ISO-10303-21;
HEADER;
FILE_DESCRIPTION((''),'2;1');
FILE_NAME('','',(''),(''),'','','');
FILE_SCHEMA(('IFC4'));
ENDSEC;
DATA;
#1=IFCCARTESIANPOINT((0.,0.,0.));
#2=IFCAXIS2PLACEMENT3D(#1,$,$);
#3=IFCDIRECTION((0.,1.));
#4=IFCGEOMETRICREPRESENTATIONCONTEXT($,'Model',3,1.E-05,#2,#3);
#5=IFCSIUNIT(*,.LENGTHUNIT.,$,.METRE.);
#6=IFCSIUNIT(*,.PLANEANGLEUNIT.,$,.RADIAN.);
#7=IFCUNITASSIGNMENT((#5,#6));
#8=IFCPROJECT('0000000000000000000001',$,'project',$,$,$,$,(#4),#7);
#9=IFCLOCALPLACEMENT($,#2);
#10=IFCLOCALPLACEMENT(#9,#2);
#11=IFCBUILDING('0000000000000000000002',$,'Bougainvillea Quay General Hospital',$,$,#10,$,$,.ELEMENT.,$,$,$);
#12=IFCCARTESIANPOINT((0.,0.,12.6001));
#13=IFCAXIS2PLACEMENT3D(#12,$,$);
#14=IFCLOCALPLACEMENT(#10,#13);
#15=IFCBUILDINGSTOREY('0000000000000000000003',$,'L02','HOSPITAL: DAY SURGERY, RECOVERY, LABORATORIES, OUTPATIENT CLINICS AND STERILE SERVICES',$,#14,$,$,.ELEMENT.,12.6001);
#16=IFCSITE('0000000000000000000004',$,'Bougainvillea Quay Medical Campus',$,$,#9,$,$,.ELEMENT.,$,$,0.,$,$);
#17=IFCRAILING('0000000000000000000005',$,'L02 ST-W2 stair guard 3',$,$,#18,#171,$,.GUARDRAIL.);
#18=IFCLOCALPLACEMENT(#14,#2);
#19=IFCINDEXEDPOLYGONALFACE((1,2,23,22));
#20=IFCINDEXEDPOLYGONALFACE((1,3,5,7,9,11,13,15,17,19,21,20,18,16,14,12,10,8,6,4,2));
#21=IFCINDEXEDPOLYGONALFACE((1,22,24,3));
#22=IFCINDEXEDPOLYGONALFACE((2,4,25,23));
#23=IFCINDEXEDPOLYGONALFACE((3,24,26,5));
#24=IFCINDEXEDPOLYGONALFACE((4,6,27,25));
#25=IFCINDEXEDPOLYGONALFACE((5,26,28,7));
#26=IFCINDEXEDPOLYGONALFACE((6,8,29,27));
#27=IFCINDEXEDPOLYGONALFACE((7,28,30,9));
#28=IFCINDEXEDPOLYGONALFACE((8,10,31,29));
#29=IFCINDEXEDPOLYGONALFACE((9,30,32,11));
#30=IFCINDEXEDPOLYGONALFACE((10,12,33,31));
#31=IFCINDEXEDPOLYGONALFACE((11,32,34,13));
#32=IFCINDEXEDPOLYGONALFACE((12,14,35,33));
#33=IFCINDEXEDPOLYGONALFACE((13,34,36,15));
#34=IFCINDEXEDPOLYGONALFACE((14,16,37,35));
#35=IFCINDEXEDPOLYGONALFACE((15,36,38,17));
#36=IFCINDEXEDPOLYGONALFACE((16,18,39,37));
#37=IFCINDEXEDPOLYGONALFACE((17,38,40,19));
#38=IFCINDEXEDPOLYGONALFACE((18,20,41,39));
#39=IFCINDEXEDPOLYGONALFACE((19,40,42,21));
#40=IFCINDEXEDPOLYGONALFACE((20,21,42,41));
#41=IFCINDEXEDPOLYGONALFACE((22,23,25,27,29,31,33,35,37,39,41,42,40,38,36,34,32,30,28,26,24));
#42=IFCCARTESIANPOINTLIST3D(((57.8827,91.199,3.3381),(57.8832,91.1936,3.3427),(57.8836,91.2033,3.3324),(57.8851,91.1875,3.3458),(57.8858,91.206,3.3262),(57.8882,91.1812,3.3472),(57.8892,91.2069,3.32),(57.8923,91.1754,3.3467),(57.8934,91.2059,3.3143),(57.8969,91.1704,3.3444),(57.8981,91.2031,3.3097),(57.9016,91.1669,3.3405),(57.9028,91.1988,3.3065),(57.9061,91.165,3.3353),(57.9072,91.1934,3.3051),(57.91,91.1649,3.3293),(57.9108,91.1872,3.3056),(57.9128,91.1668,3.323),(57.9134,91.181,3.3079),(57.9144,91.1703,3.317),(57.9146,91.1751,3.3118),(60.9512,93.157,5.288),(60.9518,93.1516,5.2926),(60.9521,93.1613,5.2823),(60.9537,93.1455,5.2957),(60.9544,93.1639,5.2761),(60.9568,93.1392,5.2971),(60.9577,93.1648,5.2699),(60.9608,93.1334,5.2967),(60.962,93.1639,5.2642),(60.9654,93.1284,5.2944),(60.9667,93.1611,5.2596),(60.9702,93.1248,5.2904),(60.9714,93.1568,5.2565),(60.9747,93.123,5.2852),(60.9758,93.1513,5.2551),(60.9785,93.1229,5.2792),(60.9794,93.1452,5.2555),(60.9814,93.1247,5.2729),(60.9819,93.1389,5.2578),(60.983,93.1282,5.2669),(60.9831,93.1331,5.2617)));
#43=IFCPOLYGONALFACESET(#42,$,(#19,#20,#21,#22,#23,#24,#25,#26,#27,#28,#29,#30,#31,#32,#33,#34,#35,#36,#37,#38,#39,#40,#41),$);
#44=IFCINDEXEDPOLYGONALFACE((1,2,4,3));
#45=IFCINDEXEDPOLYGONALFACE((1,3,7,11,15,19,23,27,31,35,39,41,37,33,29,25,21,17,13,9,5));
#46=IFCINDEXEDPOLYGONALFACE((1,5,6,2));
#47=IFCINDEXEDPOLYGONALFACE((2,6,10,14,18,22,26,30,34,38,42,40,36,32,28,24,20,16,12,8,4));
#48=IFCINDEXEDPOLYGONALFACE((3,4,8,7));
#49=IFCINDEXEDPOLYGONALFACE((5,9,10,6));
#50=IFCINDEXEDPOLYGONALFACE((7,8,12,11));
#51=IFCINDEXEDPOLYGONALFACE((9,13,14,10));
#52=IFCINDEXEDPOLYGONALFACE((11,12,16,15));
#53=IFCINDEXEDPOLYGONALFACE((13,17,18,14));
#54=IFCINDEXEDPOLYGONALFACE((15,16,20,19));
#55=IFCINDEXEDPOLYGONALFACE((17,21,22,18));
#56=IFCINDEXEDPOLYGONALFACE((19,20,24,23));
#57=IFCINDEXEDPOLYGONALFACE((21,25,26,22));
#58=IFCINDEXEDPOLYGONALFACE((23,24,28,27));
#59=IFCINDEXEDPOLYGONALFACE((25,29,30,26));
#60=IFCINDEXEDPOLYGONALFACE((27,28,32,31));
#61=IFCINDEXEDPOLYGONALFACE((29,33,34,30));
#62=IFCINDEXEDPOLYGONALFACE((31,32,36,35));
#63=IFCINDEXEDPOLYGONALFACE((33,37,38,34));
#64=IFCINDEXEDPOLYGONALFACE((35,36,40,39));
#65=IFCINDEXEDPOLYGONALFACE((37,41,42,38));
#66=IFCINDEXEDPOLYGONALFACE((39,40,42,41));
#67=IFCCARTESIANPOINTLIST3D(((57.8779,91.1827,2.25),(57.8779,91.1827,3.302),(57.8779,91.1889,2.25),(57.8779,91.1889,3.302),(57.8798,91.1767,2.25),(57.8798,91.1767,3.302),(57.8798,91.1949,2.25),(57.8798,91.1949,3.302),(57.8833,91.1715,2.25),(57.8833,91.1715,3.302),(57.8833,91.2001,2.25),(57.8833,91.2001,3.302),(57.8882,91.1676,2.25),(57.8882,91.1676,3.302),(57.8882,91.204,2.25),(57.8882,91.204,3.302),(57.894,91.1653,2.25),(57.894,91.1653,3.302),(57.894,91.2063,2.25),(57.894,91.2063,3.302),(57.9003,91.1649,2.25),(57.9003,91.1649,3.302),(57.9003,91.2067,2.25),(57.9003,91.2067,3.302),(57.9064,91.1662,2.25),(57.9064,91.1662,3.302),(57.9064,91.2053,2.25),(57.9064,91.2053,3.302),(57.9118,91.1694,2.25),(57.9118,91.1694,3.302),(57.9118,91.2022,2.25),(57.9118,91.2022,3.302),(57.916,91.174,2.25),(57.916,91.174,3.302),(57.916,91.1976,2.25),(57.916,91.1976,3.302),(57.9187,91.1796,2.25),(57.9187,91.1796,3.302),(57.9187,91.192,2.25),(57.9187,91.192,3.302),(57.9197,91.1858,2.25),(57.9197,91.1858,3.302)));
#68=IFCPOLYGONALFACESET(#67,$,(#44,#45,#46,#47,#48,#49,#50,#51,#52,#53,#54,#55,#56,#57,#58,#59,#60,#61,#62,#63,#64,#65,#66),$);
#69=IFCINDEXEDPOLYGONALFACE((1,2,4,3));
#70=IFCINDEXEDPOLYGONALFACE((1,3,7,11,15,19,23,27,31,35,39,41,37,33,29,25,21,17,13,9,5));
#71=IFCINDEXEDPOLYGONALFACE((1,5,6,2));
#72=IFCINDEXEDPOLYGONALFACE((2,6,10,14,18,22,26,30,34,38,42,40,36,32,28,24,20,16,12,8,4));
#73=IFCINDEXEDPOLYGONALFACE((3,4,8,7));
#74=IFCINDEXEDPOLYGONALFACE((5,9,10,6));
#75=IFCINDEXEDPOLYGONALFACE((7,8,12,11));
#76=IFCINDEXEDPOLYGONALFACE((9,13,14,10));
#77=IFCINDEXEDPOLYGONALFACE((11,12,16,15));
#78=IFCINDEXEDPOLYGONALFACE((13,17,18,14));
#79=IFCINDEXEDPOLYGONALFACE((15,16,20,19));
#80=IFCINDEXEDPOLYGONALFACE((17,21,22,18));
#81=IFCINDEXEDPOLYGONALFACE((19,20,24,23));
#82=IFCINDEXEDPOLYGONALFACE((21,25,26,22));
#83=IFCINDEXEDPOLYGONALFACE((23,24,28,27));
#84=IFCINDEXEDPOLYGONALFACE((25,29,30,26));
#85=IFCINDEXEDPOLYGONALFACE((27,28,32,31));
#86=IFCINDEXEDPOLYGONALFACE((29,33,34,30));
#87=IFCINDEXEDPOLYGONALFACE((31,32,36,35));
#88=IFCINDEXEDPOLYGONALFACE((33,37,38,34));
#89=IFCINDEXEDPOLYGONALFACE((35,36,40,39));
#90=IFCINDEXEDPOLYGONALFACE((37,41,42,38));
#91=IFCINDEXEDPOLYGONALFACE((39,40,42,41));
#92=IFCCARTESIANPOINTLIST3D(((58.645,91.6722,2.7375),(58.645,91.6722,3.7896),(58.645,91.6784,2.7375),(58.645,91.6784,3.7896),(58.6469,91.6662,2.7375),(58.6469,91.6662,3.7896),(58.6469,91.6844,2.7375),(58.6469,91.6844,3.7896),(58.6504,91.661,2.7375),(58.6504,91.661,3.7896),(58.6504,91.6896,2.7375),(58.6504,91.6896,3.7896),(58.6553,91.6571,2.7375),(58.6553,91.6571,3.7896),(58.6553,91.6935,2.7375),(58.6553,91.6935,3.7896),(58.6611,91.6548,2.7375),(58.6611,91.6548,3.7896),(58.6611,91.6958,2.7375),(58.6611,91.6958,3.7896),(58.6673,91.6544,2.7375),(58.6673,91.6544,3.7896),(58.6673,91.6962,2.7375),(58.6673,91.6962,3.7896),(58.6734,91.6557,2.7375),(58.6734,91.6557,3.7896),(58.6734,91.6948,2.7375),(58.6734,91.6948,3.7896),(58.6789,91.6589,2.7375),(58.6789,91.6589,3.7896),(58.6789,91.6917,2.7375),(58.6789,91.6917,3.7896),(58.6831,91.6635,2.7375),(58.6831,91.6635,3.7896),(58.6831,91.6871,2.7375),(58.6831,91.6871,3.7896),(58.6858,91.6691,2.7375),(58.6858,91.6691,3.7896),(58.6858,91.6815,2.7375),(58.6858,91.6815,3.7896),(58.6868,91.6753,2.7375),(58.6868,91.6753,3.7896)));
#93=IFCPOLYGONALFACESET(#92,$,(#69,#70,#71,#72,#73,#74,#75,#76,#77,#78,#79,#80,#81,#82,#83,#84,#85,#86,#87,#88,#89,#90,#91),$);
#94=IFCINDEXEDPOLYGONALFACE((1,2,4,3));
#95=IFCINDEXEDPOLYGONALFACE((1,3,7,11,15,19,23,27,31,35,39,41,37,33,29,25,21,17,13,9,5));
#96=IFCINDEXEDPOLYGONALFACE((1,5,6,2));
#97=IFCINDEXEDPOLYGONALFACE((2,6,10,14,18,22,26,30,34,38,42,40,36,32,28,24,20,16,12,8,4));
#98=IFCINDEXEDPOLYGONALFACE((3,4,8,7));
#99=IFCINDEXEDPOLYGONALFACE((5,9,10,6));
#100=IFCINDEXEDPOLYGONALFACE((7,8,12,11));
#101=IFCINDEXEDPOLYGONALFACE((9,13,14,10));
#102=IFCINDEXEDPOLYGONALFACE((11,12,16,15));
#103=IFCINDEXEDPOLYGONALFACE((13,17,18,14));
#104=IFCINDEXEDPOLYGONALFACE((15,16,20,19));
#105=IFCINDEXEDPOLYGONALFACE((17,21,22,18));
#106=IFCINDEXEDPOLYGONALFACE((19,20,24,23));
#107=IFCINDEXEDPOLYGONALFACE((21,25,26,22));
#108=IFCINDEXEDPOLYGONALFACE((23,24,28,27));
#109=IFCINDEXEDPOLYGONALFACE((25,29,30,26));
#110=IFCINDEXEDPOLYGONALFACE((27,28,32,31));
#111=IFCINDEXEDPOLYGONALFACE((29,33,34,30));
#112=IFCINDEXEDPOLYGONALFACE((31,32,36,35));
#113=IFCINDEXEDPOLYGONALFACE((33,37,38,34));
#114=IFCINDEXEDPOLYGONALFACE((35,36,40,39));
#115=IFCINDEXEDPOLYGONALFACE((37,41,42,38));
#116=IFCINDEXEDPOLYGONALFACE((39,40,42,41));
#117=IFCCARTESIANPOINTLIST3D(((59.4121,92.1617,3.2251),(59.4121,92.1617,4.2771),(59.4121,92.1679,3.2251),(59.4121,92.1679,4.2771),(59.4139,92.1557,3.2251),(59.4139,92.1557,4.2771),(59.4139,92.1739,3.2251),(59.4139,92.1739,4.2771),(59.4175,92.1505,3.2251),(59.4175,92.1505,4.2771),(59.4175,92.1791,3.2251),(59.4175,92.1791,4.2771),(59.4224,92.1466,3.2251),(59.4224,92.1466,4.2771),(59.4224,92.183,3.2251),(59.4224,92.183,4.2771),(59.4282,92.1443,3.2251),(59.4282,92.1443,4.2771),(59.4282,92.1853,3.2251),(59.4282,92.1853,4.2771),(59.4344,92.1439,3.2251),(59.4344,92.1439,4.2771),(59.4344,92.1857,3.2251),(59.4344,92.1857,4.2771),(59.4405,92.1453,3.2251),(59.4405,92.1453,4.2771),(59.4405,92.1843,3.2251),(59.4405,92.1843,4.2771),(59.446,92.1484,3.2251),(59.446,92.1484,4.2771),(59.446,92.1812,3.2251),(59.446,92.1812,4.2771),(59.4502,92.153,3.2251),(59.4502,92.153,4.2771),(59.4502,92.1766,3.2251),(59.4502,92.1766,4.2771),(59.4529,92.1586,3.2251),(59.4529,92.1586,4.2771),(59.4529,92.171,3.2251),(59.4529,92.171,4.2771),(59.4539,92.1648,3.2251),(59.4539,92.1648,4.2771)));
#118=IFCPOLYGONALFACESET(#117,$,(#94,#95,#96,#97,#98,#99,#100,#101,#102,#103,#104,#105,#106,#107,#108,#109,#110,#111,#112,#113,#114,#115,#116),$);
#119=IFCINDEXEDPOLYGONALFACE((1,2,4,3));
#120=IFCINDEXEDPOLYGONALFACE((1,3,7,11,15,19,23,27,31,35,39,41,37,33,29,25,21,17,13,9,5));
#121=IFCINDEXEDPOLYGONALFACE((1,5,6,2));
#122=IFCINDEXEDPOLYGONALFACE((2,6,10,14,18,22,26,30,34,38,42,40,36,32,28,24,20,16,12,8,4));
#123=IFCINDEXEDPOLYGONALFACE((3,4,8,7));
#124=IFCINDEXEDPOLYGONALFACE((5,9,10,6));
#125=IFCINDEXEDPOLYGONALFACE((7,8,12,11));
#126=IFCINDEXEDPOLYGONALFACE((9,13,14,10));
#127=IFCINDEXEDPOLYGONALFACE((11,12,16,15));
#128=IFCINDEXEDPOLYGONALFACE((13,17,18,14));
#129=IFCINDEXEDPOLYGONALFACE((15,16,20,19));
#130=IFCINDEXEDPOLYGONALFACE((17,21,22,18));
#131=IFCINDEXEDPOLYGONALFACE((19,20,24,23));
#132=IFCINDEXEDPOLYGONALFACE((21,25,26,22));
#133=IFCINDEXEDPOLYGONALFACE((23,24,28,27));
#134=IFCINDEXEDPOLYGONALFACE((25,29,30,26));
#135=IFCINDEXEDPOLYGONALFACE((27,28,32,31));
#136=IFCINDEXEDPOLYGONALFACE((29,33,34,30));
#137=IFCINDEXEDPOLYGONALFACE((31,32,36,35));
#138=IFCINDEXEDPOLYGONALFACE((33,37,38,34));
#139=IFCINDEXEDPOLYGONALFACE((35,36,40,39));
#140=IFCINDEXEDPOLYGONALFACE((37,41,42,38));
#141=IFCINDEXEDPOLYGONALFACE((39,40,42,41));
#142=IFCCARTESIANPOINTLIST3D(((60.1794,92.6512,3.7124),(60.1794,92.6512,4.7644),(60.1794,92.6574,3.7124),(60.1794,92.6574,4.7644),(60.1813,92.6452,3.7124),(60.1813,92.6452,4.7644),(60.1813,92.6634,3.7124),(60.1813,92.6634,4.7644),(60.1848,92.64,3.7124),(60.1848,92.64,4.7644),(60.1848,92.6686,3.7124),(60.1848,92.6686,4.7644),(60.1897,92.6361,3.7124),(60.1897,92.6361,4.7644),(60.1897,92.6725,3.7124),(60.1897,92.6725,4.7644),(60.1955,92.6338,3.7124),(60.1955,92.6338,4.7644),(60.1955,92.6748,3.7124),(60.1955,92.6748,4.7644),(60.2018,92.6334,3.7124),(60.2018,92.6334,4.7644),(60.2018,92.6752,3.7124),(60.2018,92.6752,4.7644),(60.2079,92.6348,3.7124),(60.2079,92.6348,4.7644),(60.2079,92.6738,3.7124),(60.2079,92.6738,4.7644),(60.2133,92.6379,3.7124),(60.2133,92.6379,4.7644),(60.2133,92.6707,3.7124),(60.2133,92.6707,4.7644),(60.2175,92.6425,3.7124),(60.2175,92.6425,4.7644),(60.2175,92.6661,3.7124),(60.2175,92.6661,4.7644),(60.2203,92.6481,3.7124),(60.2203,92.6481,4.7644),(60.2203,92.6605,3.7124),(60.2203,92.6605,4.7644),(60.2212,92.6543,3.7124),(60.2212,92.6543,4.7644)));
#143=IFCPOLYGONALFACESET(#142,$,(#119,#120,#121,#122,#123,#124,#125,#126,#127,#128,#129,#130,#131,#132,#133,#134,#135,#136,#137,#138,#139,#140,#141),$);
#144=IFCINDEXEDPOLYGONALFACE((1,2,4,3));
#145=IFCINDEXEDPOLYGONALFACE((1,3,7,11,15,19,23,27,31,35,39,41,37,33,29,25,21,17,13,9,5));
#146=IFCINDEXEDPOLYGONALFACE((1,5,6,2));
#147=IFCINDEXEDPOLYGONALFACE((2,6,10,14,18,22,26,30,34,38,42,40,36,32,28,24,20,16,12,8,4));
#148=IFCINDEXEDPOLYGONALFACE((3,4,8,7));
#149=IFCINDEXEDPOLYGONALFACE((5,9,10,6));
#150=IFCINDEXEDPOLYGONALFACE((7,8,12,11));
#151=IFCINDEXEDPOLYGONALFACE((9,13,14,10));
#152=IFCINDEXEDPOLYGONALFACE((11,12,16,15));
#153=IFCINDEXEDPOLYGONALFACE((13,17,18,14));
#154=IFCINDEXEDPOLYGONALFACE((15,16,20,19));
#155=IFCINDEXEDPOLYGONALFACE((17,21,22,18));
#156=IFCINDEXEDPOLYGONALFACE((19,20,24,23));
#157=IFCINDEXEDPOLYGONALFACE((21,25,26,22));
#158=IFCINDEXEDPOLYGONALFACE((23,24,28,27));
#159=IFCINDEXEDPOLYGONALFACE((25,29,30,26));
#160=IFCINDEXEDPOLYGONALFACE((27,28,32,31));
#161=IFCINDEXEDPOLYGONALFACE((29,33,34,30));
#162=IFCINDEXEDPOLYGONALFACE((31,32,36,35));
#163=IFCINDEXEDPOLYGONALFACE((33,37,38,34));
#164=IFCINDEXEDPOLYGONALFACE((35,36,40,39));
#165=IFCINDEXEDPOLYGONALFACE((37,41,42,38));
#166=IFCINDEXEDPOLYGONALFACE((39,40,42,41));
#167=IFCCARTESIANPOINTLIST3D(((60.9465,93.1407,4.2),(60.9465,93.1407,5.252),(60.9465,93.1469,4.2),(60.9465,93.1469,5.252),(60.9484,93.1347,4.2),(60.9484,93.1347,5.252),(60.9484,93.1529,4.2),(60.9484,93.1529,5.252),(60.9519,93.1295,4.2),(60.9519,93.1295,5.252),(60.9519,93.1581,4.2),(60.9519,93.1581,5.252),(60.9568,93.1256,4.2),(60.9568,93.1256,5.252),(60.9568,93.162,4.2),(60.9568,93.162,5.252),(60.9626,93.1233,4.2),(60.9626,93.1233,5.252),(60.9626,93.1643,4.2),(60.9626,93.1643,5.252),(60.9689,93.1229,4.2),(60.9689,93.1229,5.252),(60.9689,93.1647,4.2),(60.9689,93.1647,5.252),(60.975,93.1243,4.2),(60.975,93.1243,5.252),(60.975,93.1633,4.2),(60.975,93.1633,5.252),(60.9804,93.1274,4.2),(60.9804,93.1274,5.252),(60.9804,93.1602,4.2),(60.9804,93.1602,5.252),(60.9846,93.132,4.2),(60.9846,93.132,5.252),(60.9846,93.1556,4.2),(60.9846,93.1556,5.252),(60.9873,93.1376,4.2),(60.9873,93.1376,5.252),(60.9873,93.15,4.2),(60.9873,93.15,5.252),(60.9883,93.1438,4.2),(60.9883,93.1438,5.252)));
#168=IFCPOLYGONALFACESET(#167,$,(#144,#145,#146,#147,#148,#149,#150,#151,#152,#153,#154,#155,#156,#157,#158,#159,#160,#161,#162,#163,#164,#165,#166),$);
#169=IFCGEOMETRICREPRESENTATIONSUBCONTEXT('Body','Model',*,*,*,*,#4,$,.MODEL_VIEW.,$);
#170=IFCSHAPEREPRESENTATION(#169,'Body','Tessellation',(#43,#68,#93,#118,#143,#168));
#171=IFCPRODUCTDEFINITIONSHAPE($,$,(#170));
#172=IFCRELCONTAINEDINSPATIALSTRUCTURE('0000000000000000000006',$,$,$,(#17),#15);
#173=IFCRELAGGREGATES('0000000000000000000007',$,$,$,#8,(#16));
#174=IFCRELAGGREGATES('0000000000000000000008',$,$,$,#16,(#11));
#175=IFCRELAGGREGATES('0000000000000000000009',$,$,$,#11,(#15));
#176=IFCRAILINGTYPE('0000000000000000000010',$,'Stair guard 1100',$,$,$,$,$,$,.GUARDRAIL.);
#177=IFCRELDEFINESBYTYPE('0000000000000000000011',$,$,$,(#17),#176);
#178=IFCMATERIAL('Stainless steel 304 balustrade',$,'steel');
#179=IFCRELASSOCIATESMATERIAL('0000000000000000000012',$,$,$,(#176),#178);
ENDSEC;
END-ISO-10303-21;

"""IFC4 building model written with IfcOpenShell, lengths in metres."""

from ifc_helpers import new_model, si_unit, direction, frame, origin, origin_2d, place, context, subcontext, project, spatial, circle, extrude, material, type_object, element, save


model = new_model("IFC4")

# Units and contexts
model_context = context("Model", 3, precision=1e-05, world=origin(), true_north=direction((0.0, 1.0)))
body_context = subcontext(model_context, "Body", "Model", "MODEL_VIEW")
ifc_project = project(units=[si_unit("LENGTHUNIT", "METRE"), si_unit("PLANEANGLEUNIT", "RADIAN")], contexts=[model_context])

# Site, building, storey
site_placement = place(None, origin())
site = spatial("IfcSite", under=ifc_project, at=site_placement, Name="Bougainvillea Quay Medical Campus", CompositionType="ELEMENT", RefElevation=0.0)
building_placement = place(site_placement, origin())
building = spatial("IfcBuilding", under=site, at=building_placement, Name="Bougainvillea Quay General Hospital", CompositionType="ELEMENT")
storey_placement = place(building_placement, frame((0.0, 0.0, 12.6001)))
storey = spatial("IfcBuildingStorey", under=building, at=storey_placement, Name="L02", Description="HOSPITAL: DAY SURGERY, RECOVERY, LABORATORIES, OUTPATIENT CLINICS AND STERILE SERVICES", CompositionType="ELEMENT", Elevation=12.6001)

# Railing
ifc_material_1 = material(Name="Stainless steel 304 balustrade", Category="steel")
railing_type_1 = type_object("IfcRailingType", Name="Stair guard 1100", PredefinedType="GUARDRAIL", material=ifc_material_1)
railing_1_placement = place(storey_placement, frame((57.8987, 91.1858, 2.25)))
element("IfcRailing", 1, at=railing_1_placement, inside=storey, type_object=railing_type_1, Name="L02 ST-W2 stair guard 3", PredefinedType="GUARDRAIL", context=body_context, shape_type="SweptSolid", body=[
    extrude(circle(Radius=0.0239, at=origin_2d()), frame((0.0, 0.0, 1.0762), z_axis=(0.743101, 0.474156, 0.472205), x_axis=(-0.537904, 0.843006, 0.0)), (0.0, 0.0, 1.0), 4.1294),
    extrude(circle(Radius=0.021, at=origin_2d()), origin(), (0.0, 0.0, 1.0), 1.052),
    extrude(circle(Radius=0.021, at=origin_2d()), frame((0.7671, 0.4895, 0.4875)), (0.0, 0.0, 1.0), 1.052),
    extrude(circle(Radius=0.021, at=origin_2d()), frame((1.5342, 0.979, 0.9751)), (0.0, 0.0, 1.0), 1.052),
    extrude(circle(Radius=0.021, at=origin_2d()), frame((2.3015, 1.4685, 1.4624)), (0.0, 0.0, 1.0), 1.052),
    extrude(circle(Radius=0.021, at=origin_2d()), frame((3.0686, 1.958, 1.95)), (0.0, 0.0, 1.0), 1.052),
])

save(model, "model.ifc")
